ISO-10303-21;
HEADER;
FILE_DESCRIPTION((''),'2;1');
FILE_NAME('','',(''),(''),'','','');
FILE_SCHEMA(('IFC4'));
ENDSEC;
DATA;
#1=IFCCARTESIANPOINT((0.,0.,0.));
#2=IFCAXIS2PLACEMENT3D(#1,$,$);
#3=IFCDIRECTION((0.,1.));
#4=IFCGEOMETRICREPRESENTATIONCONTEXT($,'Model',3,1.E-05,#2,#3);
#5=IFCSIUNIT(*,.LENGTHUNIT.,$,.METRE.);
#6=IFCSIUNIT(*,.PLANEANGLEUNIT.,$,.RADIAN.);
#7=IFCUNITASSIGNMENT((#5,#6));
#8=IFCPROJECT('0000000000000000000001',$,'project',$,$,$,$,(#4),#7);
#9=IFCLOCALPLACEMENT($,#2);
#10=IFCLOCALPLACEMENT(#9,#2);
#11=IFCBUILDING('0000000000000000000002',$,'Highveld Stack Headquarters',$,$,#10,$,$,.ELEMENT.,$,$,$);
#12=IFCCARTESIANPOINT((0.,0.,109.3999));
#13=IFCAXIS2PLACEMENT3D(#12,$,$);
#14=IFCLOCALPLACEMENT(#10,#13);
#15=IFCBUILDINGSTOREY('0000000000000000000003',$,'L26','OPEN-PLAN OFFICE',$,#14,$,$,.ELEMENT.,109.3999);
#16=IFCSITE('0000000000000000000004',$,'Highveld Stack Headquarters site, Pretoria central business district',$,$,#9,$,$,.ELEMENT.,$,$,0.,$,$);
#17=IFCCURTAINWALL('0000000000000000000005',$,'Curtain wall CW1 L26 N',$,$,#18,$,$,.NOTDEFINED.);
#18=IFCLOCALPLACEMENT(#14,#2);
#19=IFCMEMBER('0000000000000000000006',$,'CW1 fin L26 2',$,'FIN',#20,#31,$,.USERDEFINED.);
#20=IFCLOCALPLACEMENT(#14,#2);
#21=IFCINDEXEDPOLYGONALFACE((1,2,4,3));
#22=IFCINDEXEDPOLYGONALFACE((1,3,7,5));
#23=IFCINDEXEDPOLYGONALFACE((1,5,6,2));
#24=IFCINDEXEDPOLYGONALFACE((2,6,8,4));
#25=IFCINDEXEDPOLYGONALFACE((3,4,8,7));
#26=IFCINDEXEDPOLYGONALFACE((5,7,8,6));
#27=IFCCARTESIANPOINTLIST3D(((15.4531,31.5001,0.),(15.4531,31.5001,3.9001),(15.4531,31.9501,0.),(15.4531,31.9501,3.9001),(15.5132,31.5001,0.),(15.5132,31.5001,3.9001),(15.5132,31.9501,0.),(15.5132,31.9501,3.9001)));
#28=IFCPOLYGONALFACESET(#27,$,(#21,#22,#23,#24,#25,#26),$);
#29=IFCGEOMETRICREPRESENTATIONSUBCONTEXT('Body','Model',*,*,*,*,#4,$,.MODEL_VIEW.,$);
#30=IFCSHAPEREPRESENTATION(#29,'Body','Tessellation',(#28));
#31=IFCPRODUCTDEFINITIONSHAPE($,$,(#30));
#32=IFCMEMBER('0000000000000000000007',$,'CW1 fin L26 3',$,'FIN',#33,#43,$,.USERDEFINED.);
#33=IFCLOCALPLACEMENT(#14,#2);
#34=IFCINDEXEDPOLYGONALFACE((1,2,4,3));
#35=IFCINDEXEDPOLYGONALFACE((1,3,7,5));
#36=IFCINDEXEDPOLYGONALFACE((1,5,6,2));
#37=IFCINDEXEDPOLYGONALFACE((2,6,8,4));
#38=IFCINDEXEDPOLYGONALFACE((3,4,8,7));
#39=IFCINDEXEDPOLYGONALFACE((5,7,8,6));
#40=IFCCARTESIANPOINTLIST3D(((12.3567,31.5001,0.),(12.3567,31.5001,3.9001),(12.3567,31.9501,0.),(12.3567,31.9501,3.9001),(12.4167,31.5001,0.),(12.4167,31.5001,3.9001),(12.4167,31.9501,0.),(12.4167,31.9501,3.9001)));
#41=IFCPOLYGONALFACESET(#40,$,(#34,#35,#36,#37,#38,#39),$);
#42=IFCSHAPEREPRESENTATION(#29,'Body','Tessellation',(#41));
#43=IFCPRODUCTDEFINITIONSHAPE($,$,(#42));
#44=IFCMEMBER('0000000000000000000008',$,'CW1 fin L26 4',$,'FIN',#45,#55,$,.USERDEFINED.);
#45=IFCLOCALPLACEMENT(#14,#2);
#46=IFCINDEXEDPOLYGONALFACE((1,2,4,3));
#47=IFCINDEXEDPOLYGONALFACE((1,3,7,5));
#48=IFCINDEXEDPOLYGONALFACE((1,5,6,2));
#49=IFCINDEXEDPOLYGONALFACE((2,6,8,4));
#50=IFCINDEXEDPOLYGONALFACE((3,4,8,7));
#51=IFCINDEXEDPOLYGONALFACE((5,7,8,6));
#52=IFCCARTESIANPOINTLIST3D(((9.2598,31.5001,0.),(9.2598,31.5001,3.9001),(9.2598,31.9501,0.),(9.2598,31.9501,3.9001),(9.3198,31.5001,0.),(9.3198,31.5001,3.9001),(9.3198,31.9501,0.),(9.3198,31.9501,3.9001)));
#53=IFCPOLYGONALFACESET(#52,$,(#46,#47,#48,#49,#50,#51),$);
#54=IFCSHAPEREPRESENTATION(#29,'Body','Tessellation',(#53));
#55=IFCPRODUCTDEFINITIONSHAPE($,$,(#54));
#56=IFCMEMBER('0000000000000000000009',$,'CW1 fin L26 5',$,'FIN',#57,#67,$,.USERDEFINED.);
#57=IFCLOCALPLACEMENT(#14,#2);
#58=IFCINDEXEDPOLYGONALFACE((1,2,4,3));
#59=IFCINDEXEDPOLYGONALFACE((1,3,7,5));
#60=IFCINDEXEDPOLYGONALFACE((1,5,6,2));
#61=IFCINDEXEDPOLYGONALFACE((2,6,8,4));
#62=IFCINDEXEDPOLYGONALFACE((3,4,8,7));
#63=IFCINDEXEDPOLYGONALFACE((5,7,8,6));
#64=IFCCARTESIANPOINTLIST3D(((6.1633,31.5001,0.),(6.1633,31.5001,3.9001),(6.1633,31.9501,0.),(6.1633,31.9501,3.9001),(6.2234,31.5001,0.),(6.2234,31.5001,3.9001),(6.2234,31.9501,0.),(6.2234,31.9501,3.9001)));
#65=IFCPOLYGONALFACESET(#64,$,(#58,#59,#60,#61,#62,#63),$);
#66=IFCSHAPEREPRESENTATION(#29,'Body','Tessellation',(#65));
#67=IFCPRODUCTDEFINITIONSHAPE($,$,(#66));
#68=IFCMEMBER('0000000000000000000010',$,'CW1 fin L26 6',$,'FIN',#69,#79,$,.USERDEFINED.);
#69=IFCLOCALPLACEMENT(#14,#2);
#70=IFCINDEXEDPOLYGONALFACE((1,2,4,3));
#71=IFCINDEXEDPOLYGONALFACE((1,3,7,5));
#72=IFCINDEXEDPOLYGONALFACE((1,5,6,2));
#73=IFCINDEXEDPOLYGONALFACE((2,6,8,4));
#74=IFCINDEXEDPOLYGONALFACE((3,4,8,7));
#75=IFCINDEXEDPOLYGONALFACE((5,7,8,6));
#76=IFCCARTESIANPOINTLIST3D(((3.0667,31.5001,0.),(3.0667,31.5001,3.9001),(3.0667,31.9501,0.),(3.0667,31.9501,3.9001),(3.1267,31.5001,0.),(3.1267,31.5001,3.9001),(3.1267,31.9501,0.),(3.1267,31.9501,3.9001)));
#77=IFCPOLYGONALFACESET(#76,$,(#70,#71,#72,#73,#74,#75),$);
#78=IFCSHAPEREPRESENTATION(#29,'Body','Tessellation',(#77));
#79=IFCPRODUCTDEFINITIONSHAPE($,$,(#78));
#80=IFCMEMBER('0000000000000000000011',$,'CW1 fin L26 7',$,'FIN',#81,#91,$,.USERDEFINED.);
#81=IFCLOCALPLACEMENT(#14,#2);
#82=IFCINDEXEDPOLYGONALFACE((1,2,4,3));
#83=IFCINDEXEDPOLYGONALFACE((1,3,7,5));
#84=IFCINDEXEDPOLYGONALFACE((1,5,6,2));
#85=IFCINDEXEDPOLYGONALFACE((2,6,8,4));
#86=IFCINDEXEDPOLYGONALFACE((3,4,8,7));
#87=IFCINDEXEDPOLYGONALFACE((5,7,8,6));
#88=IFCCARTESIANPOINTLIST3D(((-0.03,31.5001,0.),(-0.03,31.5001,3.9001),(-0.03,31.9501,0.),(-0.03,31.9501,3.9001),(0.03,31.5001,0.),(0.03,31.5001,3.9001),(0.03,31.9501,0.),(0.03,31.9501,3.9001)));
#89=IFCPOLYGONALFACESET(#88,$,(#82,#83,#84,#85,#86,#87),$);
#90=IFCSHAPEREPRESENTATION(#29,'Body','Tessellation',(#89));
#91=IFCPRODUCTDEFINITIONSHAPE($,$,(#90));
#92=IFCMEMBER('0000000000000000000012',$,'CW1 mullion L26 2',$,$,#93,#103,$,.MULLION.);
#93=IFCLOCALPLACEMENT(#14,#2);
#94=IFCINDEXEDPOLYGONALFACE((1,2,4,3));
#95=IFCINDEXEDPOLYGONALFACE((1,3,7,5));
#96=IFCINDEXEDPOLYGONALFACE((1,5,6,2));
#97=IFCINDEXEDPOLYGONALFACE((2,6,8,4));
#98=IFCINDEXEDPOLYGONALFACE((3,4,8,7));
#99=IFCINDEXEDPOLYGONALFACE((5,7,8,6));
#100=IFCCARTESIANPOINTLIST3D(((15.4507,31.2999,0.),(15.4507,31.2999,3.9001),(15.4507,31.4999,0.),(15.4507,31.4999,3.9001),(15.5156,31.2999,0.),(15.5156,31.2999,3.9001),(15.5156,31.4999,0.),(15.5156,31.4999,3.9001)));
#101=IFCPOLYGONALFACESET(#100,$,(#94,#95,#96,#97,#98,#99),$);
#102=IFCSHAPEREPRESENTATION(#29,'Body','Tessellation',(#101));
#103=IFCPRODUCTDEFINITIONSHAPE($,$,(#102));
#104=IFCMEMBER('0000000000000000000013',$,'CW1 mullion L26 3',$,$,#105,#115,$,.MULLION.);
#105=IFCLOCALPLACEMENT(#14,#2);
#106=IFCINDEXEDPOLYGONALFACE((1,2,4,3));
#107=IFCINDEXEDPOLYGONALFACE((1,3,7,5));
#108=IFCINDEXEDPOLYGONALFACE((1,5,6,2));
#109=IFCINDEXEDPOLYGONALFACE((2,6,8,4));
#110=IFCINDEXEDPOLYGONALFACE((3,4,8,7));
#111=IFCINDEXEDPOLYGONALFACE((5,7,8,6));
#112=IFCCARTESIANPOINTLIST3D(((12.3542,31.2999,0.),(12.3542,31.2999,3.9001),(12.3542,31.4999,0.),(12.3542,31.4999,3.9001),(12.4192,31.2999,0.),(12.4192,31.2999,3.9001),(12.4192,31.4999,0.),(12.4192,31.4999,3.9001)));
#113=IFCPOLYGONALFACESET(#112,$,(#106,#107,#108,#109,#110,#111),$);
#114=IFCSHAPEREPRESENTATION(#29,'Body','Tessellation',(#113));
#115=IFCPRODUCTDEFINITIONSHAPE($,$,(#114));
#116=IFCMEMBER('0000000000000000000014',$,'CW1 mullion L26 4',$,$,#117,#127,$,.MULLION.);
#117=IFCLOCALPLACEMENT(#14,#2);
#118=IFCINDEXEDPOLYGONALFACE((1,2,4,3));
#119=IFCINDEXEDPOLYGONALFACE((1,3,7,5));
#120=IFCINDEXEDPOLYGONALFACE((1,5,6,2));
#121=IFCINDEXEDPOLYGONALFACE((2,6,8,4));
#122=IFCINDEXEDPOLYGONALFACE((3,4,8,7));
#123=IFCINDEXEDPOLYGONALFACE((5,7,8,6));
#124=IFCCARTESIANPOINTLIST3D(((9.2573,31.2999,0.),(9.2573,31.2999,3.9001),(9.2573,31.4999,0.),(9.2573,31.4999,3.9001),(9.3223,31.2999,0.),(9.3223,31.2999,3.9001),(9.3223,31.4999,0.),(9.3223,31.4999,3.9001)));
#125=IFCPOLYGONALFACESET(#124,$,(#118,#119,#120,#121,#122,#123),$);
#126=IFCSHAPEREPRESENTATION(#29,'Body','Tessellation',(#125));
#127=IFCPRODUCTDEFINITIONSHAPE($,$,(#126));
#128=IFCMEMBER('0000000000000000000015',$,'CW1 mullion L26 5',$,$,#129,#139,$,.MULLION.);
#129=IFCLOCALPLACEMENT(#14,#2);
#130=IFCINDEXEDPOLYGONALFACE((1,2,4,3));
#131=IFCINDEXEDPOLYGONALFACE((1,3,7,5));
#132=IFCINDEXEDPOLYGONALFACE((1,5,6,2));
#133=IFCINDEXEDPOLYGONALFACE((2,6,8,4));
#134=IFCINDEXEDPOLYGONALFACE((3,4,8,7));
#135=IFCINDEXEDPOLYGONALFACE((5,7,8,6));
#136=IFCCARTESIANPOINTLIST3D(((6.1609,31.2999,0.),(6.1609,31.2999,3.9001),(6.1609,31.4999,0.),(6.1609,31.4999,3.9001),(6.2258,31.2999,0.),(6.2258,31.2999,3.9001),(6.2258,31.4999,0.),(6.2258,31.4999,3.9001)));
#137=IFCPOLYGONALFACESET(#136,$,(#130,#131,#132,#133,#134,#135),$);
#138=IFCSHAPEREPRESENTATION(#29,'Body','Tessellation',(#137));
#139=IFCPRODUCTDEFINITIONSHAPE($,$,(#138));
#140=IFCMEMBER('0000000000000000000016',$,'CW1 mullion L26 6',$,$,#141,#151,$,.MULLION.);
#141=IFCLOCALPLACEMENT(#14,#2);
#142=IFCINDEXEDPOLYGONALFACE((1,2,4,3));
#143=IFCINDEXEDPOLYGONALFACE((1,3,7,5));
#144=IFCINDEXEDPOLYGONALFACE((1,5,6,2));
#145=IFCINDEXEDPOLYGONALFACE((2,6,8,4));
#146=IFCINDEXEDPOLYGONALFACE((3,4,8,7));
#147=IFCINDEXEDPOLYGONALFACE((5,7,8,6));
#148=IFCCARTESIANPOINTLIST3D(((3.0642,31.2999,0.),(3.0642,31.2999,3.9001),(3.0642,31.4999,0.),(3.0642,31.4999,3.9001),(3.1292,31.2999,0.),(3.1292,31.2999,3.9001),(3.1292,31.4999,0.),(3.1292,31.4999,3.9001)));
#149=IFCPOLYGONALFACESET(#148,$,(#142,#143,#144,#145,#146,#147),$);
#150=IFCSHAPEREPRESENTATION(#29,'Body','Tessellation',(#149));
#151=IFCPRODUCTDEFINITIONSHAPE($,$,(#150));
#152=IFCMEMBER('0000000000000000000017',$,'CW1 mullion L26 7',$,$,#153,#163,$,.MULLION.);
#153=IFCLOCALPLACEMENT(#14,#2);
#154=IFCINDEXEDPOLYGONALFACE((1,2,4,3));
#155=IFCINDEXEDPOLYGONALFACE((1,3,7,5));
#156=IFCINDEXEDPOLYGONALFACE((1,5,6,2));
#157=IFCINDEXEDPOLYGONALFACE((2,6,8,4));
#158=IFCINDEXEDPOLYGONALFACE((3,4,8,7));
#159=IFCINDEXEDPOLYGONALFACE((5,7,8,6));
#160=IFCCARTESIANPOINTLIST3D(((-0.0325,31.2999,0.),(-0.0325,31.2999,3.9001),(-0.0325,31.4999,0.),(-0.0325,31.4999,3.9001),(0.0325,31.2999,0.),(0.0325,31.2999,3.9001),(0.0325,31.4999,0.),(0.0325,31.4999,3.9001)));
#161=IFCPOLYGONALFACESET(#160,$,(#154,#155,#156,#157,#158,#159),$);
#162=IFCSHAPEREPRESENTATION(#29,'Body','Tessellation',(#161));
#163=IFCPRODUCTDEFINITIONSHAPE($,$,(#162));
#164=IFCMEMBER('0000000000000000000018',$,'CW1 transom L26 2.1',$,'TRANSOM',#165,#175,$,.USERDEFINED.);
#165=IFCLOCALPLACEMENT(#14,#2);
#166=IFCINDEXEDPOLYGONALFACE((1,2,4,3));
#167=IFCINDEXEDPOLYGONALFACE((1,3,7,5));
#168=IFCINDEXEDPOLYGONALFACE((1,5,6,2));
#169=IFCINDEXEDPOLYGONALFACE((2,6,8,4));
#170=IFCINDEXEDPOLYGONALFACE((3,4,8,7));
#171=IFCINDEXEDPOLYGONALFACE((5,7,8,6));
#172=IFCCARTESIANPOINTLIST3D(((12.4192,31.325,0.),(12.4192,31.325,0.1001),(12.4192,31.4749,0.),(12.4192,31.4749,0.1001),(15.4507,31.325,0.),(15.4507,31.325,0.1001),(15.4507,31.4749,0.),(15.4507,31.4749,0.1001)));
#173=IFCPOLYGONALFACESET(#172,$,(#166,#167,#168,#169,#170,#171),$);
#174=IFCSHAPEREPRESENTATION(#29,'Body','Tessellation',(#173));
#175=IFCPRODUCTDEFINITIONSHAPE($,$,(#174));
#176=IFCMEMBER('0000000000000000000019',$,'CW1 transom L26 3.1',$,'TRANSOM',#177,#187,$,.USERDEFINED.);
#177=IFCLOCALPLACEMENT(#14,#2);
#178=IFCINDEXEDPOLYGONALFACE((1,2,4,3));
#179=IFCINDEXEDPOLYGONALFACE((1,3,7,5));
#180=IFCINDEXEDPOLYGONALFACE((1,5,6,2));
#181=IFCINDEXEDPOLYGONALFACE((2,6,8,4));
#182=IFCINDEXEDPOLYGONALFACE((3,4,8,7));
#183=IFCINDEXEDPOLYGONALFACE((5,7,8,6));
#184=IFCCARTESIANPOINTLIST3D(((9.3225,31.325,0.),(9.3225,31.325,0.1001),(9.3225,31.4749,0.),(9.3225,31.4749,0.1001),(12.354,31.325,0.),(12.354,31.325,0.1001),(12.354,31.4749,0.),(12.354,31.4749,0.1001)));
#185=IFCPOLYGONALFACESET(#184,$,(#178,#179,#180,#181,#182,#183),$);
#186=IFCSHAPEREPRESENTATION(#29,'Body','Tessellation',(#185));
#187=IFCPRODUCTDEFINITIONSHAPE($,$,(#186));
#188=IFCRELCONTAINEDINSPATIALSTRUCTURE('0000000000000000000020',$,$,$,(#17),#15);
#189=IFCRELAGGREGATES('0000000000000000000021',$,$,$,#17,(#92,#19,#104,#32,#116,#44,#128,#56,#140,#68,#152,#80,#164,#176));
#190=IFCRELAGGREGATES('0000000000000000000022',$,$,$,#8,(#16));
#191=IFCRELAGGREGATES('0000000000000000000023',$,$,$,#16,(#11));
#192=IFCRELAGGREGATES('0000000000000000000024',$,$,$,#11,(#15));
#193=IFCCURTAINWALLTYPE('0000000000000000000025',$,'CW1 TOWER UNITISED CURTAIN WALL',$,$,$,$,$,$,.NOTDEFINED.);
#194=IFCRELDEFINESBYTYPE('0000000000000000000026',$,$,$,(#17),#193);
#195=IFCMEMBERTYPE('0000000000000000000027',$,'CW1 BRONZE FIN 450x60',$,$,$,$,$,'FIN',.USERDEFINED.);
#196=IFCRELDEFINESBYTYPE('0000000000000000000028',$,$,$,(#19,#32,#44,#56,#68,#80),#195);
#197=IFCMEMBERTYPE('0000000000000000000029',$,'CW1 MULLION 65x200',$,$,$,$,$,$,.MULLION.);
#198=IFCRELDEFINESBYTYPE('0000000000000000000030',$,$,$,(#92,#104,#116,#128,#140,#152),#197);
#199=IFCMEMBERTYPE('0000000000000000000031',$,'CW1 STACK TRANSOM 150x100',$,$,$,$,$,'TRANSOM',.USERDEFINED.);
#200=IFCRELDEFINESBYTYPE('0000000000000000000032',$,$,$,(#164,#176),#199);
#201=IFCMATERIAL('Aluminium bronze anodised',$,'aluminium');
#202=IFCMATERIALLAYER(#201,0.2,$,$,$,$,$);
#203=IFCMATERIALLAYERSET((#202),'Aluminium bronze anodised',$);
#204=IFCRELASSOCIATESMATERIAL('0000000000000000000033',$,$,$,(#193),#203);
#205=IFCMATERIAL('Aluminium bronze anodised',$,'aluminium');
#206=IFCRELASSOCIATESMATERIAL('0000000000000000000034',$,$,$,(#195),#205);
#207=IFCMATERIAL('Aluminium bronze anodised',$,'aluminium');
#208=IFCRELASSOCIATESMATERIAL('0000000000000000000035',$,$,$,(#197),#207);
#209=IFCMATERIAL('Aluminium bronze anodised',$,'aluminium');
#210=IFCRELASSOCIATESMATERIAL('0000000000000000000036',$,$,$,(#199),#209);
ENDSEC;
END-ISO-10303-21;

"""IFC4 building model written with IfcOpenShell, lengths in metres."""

from ifc_helpers import new_model, si_unit, direction, frame, origin, origin_2d, place, context, subcontext, project, spatial, rectangle, extrude, material, layer, layer_set, material_profile, profile_set, type_object, element, aggregate, save


model = new_model("IFC4")

# Units and contexts
model_context = context("Model", 3, precision=1e-05, world=origin(), true_north=direction((0.0, 1.0)))
body_context = subcontext(model_context, "Body", "Model", "MODEL_VIEW")
ifc_project = project(units=[si_unit("LENGTHUNIT", "METRE"), si_unit("PLANEANGLEUNIT", "RADIAN")], contexts=[model_context])

# Site, building, storey
site_placement = place(None, origin())
site = spatial("IfcSite", under=ifc_project, at=site_placement, Name="Highveld Stack Headquarters site, Pretoria central business district", CompositionType="ELEMENT", RefElevation=0.0)
building_placement = place(site_placement, origin())
building = spatial("IfcBuilding", under=site, at=building_placement, Name="Highveld Stack Headquarters", CompositionType="ELEMENT")
storey_placement = place(building_placement, frame((0.0, 0.0, 109.3999)))
storey = spatial("IfcBuildingStorey", under=building, at=storey_placement, Name="L26", Description="OPEN-PLAN OFFICE", CompositionType="ELEMENT", Elevation=109.3999)

# Curtain wall, members
ifc_material_1 = material(Name="Aluminium bronze anodised", Category="aluminium")
ifc_layer_1 = layer(ifc_material_1, 0.2)
ifc_layer_set_1 = layer_set([ifc_layer_1], Name="Aluminium bronze anodised")
curtain_wall_type = type_object("IfcCurtainWallType", Name="CW1 TOWER UNITISED CURTAIN WALL", PredefinedType="NOTDEFINED", material=ifc_layer_set_1)
curtain_wall_placement = place(storey_placement, origin())
curtain_wall = element("IfcCurtainWall", 1, at=curtain_wall_placement, inside=storey, type_object=curtain_wall_type, Name="Curtain wall CW1 L26 N", PredefinedType="NOTDEFINED")
ifc_material_2 = material(Name="Aluminium bronze anodised", Category="aluminium")
ifc_material_profile_1 = material_profile(ifc_material_2, rectangle(XDim=0.45, YDim=0.0601, at=origin_2d()), Name="FIN 450x60")
ifc_profile_set_1 = profile_set([ifc_material_profile_1], Name="Aluminium bronze anodised")
member_type_1 = type_object("IfcMemberType", Name="CW1 BRONZE FIN 450x60", ElementType="FIN", PredefinedType="USERDEFINED", material=ifc_profile_set_1)
member_1_placement = place(storey_placement, frame((15.4832, 31.7251, 0.0), z_axis=(0.0, 0.0, 1.0), x_axis=(0.0, -1.0, 0.0)))
member_1 = element("IfcMember", 2, at=member_1_placement, type_object=member_type_1, Name="CW1 fin L26 2", ObjectType="FIN", PredefinedType="USERDEFINED", context=body_context, shape_type="SweptSolid", body=[
    extrude(rectangle(XDim=0.45, YDim=0.0601, at=origin_2d()), origin(), (0.0, 0.0, 1.0), 3.9001),
])
member_2_placement = place(storey_placement, frame((12.3867, 31.7251, 0.0), z_axis=(0.0, 0.0, 1.0), x_axis=(0.0, -1.0, 0.0)))
member_2 = element("IfcMember", 3, at=member_2_placement, type_object=member_type_1, Name="CW1 fin L26 3", ObjectType="FIN", PredefinedType="USERDEFINED", context=body_context, shape_type="SweptSolid", body=[
    extrude(rectangle(XDim=0.45, YDim=0.0601, at=origin_2d()), origin(), (0.0, 0.0, 1.0), 3.9001),
])
member_3_placement = place(storey_placement, frame((9.2898, 31.7251, 0.0), z_axis=(0.0, 0.0, 1.0), x_axis=(0.0, -1.0, 0.0)))
member_3 = element("IfcMember", 4, at=member_3_placement, type_object=member_type_1, Name="CW1 fin L26 4", ObjectType="FIN", PredefinedType="USERDEFINED", context=body_context, shape_type="SweptSolid", body=[
    extrude(rectangle(XDim=0.45, YDim=0.0601, at=origin_2d()), origin(), (0.0, 0.0, 1.0), 3.9001),
])
member_4_placement = place(storey_placement, frame((6.1934, 31.7251, 0.0), z_axis=(0.0, 0.0, 1.0), x_axis=(0.0, -1.0, 0.0)))
member_4 = element("IfcMember", 5, at=member_4_placement, type_object=member_type_1, Name="CW1 fin L26 5", ObjectType="FIN", PredefinedType="USERDEFINED", context=body_context, shape_type="SweptSolid", body=[
    extrude(rectangle(XDim=0.45, YDim=0.0601, at=origin_2d()), origin(), (0.0, 0.0, 1.0), 3.9001),
])
member_5_placement = place(storey_placement, frame((3.0967, 31.7251, 0.0), z_axis=(0.0, 0.0, 1.0), x_axis=(0.0, -1.0, 0.0)))
member_5 = element("IfcMember", 6, at=member_5_placement, type_object=member_type_1, Name="CW1 fin L26 6", ObjectType="FIN", PredefinedType="USERDEFINED", context=body_context, shape_type="SweptSolid", body=[
    extrude(rectangle(XDim=0.45, YDim=0.0601, at=origin_2d()), origin(), (0.0, 0.0, 1.0), 3.9001),
])
member_6_placement = place(storey_placement, frame((0.0, 31.7251, 0.0), z_axis=(0.0, 0.0, 1.0), x_axis=(0.0, -1.0, 0.0)))
member_6 = element("IfcMember", 7, at=member_6_placement, type_object=member_type_1, Name="CW1 fin L26 7", ObjectType="FIN", PredefinedType="USERDEFINED", context=body_context, shape_type="SweptSolid", body=[
    extrude(rectangle(XDim=0.45, YDim=0.0601, at=origin_2d()), origin(), (0.0, 0.0, 1.0), 3.9001),
])
ifc_material_3 = material(Name="Aluminium bronze anodised", Category="aluminium")
ifc_material_profile_2 = material_profile(ifc_material_3, rectangle(XDim=0.2, YDim=0.0649, at=origin_2d()), Name="CW1 MULLION 65x200")
ifc_profile_set_2 = profile_set([ifc_material_profile_2], Name="Aluminium bronze anodised")
member_type_2 = type_object("IfcMemberType", Name="CW1 MULLION 65x200", PredefinedType="MULLION", material=ifc_profile_set_2)
member_7_placement = place(storey_placement, frame((15.4832, 31.3999, 0.0), z_axis=(0.0, 0.0, 1.0), x_axis=(0.0, -1.0, 0.0)))
member_7 = element("IfcMember", 8, at=member_7_placement, type_object=member_type_2, Name="CW1 mullion L26 2", PredefinedType="MULLION", context=body_context, shape_type="SweptSolid", body=[
    extrude(rectangle(XDim=0.2, YDim=0.0649, at=origin_2d()), origin(), (0.0, 0.0, 1.0), 3.9001),
])
member_8_placement = place(storey_placement, frame((12.3867, 31.3999, 0.0), z_axis=(0.0, 0.0, 1.0), x_axis=(0.0, -1.0, 0.0)))
member_8 = element("IfcMember", 9, at=member_8_placement, type_object=member_type_2, Name="CW1 mullion L26 3", PredefinedType="MULLION", context=body_context, shape_type="SweptSolid", body=[
    extrude(rectangle(XDim=0.2, YDim=0.0649, at=origin_2d()), origin(), (0.0, 0.0, 1.0), 3.9001),
])
member_9_placement = place(storey_placement, frame((9.2898, 31.3999, 0.0), z_axis=(0.0, 0.0, 1.0), x_axis=(0.0, -1.0, 0.0)))
member_9 = element("IfcMember", 10, at=member_9_placement, type_object=member_type_2, Name="CW1 mullion L26 4", PredefinedType="MULLION", context=body_context, shape_type="SweptSolid", body=[
    extrude(rectangle(XDim=0.2, YDim=0.0649, at=origin_2d()), origin(), (0.0, 0.0, 1.0), 3.9001),
])
member_10_placement = place(storey_placement, frame((6.1934, 31.3999, 0.0), z_axis=(0.0, 0.0, 1.0), x_axis=(0.0, -1.0, 0.0)))
member_10 = element("IfcMember", 11, at=member_10_placement, type_object=member_type_2, Name="CW1 mullion L26 5", PredefinedType="MULLION", context=body_context, shape_type="SweptSolid", body=[
    extrude(rectangle(XDim=0.2, YDim=0.0649, at=origin_2d()), origin(), (0.0, 0.0, 1.0), 3.9001),
])
member_11_placement = place(storey_placement, frame((3.0967, 31.3999, 0.0), z_axis=(0.0, 0.0, 1.0), x_axis=(0.0, -1.0, 0.0)))
member_11 = element("IfcMember", 12, at=member_11_placement, type_object=member_type_2, Name="CW1 mullion L26 6", PredefinedType="MULLION", context=body_context, shape_type="SweptSolid", body=[
    extrude(rectangle(XDim=0.2, YDim=0.0649, at=origin_2d()), origin(), (0.0, 0.0, 1.0), 3.9001),
])
member_12_placement = place(storey_placement, frame((0.0, 31.3999, 0.0), z_axis=(0.0, 0.0, 1.0), x_axis=(0.0, -1.0, 0.0)))
member_12 = element("IfcMember", 13, at=member_12_placement, type_object=member_type_2, Name="CW1 mullion L26 7", PredefinedType="MULLION", context=body_context, shape_type="SweptSolid", body=[
    extrude(rectangle(XDim=0.2, YDim=0.0649, at=origin_2d()), origin(), (0.0, 0.0, 1.0), 3.9001),
])
ifc_material_4 = material(Name="Aluminium bronze anodised", Category="aluminium")
ifc_material_profile_3 = material_profile(ifc_material_4, rectangle(XDim=0.1499, YDim=0.1001, at=origin_2d()), Name="CW1 TRANSOM 150x100")
ifc_profile_set_3 = profile_set([ifc_material_profile_3], Name="Aluminium bronze anodised")
member_type_3 = type_object("IfcMemberType", Name="CW1 STACK TRANSOM 150x100", ElementType="TRANSOM", PredefinedType="USERDEFINED", material=ifc_profile_set_3)
member_13_placement = place(storey_placement, frame((15.4507, 31.3999, 0.05), z_axis=(-1.0, 0.0, 0.0), x_axis=(0.0, -1.0, 0.0)))
member_13 = element("IfcMember", 14, at=member_13_placement, type_object=member_type_3, Name="CW1 transom L26 2.1", ObjectType="TRANSOM", PredefinedType="USERDEFINED", context=body_context, shape_type="SweptSolid", body=[
    extrude(rectangle(XDim=0.1499, YDim=0.1001, at=origin_2d()), origin(), (0.0, 0.0, 1.0), 3.0315),
])
member_14_placement = place(storey_placement, frame((12.354, 31.3999, 0.05), z_axis=(-1.0, 0.0, 0.0), x_axis=(0.0, -1.0, 0.0)))
member_14 = element("IfcMember", 15, at=member_14_placement, type_object=member_type_3, Name="CW1 transom L26 3.1", ObjectType="TRANSOM", PredefinedType="USERDEFINED", context=body_context, shape_type="SweptSolid", body=[
    extrude(rectangle(XDim=0.1499, YDim=0.1001, at=origin_2d()), origin(), (0.0, 0.0, 1.0), 3.0315),
])
aggregate(curtain_wall, [member_7, member_1, member_8, member_2, member_9, member_3, member_10, member_4, member_11, member_5, member_12, member_6, member_13, member_14])

save(model, "model.ifc")
